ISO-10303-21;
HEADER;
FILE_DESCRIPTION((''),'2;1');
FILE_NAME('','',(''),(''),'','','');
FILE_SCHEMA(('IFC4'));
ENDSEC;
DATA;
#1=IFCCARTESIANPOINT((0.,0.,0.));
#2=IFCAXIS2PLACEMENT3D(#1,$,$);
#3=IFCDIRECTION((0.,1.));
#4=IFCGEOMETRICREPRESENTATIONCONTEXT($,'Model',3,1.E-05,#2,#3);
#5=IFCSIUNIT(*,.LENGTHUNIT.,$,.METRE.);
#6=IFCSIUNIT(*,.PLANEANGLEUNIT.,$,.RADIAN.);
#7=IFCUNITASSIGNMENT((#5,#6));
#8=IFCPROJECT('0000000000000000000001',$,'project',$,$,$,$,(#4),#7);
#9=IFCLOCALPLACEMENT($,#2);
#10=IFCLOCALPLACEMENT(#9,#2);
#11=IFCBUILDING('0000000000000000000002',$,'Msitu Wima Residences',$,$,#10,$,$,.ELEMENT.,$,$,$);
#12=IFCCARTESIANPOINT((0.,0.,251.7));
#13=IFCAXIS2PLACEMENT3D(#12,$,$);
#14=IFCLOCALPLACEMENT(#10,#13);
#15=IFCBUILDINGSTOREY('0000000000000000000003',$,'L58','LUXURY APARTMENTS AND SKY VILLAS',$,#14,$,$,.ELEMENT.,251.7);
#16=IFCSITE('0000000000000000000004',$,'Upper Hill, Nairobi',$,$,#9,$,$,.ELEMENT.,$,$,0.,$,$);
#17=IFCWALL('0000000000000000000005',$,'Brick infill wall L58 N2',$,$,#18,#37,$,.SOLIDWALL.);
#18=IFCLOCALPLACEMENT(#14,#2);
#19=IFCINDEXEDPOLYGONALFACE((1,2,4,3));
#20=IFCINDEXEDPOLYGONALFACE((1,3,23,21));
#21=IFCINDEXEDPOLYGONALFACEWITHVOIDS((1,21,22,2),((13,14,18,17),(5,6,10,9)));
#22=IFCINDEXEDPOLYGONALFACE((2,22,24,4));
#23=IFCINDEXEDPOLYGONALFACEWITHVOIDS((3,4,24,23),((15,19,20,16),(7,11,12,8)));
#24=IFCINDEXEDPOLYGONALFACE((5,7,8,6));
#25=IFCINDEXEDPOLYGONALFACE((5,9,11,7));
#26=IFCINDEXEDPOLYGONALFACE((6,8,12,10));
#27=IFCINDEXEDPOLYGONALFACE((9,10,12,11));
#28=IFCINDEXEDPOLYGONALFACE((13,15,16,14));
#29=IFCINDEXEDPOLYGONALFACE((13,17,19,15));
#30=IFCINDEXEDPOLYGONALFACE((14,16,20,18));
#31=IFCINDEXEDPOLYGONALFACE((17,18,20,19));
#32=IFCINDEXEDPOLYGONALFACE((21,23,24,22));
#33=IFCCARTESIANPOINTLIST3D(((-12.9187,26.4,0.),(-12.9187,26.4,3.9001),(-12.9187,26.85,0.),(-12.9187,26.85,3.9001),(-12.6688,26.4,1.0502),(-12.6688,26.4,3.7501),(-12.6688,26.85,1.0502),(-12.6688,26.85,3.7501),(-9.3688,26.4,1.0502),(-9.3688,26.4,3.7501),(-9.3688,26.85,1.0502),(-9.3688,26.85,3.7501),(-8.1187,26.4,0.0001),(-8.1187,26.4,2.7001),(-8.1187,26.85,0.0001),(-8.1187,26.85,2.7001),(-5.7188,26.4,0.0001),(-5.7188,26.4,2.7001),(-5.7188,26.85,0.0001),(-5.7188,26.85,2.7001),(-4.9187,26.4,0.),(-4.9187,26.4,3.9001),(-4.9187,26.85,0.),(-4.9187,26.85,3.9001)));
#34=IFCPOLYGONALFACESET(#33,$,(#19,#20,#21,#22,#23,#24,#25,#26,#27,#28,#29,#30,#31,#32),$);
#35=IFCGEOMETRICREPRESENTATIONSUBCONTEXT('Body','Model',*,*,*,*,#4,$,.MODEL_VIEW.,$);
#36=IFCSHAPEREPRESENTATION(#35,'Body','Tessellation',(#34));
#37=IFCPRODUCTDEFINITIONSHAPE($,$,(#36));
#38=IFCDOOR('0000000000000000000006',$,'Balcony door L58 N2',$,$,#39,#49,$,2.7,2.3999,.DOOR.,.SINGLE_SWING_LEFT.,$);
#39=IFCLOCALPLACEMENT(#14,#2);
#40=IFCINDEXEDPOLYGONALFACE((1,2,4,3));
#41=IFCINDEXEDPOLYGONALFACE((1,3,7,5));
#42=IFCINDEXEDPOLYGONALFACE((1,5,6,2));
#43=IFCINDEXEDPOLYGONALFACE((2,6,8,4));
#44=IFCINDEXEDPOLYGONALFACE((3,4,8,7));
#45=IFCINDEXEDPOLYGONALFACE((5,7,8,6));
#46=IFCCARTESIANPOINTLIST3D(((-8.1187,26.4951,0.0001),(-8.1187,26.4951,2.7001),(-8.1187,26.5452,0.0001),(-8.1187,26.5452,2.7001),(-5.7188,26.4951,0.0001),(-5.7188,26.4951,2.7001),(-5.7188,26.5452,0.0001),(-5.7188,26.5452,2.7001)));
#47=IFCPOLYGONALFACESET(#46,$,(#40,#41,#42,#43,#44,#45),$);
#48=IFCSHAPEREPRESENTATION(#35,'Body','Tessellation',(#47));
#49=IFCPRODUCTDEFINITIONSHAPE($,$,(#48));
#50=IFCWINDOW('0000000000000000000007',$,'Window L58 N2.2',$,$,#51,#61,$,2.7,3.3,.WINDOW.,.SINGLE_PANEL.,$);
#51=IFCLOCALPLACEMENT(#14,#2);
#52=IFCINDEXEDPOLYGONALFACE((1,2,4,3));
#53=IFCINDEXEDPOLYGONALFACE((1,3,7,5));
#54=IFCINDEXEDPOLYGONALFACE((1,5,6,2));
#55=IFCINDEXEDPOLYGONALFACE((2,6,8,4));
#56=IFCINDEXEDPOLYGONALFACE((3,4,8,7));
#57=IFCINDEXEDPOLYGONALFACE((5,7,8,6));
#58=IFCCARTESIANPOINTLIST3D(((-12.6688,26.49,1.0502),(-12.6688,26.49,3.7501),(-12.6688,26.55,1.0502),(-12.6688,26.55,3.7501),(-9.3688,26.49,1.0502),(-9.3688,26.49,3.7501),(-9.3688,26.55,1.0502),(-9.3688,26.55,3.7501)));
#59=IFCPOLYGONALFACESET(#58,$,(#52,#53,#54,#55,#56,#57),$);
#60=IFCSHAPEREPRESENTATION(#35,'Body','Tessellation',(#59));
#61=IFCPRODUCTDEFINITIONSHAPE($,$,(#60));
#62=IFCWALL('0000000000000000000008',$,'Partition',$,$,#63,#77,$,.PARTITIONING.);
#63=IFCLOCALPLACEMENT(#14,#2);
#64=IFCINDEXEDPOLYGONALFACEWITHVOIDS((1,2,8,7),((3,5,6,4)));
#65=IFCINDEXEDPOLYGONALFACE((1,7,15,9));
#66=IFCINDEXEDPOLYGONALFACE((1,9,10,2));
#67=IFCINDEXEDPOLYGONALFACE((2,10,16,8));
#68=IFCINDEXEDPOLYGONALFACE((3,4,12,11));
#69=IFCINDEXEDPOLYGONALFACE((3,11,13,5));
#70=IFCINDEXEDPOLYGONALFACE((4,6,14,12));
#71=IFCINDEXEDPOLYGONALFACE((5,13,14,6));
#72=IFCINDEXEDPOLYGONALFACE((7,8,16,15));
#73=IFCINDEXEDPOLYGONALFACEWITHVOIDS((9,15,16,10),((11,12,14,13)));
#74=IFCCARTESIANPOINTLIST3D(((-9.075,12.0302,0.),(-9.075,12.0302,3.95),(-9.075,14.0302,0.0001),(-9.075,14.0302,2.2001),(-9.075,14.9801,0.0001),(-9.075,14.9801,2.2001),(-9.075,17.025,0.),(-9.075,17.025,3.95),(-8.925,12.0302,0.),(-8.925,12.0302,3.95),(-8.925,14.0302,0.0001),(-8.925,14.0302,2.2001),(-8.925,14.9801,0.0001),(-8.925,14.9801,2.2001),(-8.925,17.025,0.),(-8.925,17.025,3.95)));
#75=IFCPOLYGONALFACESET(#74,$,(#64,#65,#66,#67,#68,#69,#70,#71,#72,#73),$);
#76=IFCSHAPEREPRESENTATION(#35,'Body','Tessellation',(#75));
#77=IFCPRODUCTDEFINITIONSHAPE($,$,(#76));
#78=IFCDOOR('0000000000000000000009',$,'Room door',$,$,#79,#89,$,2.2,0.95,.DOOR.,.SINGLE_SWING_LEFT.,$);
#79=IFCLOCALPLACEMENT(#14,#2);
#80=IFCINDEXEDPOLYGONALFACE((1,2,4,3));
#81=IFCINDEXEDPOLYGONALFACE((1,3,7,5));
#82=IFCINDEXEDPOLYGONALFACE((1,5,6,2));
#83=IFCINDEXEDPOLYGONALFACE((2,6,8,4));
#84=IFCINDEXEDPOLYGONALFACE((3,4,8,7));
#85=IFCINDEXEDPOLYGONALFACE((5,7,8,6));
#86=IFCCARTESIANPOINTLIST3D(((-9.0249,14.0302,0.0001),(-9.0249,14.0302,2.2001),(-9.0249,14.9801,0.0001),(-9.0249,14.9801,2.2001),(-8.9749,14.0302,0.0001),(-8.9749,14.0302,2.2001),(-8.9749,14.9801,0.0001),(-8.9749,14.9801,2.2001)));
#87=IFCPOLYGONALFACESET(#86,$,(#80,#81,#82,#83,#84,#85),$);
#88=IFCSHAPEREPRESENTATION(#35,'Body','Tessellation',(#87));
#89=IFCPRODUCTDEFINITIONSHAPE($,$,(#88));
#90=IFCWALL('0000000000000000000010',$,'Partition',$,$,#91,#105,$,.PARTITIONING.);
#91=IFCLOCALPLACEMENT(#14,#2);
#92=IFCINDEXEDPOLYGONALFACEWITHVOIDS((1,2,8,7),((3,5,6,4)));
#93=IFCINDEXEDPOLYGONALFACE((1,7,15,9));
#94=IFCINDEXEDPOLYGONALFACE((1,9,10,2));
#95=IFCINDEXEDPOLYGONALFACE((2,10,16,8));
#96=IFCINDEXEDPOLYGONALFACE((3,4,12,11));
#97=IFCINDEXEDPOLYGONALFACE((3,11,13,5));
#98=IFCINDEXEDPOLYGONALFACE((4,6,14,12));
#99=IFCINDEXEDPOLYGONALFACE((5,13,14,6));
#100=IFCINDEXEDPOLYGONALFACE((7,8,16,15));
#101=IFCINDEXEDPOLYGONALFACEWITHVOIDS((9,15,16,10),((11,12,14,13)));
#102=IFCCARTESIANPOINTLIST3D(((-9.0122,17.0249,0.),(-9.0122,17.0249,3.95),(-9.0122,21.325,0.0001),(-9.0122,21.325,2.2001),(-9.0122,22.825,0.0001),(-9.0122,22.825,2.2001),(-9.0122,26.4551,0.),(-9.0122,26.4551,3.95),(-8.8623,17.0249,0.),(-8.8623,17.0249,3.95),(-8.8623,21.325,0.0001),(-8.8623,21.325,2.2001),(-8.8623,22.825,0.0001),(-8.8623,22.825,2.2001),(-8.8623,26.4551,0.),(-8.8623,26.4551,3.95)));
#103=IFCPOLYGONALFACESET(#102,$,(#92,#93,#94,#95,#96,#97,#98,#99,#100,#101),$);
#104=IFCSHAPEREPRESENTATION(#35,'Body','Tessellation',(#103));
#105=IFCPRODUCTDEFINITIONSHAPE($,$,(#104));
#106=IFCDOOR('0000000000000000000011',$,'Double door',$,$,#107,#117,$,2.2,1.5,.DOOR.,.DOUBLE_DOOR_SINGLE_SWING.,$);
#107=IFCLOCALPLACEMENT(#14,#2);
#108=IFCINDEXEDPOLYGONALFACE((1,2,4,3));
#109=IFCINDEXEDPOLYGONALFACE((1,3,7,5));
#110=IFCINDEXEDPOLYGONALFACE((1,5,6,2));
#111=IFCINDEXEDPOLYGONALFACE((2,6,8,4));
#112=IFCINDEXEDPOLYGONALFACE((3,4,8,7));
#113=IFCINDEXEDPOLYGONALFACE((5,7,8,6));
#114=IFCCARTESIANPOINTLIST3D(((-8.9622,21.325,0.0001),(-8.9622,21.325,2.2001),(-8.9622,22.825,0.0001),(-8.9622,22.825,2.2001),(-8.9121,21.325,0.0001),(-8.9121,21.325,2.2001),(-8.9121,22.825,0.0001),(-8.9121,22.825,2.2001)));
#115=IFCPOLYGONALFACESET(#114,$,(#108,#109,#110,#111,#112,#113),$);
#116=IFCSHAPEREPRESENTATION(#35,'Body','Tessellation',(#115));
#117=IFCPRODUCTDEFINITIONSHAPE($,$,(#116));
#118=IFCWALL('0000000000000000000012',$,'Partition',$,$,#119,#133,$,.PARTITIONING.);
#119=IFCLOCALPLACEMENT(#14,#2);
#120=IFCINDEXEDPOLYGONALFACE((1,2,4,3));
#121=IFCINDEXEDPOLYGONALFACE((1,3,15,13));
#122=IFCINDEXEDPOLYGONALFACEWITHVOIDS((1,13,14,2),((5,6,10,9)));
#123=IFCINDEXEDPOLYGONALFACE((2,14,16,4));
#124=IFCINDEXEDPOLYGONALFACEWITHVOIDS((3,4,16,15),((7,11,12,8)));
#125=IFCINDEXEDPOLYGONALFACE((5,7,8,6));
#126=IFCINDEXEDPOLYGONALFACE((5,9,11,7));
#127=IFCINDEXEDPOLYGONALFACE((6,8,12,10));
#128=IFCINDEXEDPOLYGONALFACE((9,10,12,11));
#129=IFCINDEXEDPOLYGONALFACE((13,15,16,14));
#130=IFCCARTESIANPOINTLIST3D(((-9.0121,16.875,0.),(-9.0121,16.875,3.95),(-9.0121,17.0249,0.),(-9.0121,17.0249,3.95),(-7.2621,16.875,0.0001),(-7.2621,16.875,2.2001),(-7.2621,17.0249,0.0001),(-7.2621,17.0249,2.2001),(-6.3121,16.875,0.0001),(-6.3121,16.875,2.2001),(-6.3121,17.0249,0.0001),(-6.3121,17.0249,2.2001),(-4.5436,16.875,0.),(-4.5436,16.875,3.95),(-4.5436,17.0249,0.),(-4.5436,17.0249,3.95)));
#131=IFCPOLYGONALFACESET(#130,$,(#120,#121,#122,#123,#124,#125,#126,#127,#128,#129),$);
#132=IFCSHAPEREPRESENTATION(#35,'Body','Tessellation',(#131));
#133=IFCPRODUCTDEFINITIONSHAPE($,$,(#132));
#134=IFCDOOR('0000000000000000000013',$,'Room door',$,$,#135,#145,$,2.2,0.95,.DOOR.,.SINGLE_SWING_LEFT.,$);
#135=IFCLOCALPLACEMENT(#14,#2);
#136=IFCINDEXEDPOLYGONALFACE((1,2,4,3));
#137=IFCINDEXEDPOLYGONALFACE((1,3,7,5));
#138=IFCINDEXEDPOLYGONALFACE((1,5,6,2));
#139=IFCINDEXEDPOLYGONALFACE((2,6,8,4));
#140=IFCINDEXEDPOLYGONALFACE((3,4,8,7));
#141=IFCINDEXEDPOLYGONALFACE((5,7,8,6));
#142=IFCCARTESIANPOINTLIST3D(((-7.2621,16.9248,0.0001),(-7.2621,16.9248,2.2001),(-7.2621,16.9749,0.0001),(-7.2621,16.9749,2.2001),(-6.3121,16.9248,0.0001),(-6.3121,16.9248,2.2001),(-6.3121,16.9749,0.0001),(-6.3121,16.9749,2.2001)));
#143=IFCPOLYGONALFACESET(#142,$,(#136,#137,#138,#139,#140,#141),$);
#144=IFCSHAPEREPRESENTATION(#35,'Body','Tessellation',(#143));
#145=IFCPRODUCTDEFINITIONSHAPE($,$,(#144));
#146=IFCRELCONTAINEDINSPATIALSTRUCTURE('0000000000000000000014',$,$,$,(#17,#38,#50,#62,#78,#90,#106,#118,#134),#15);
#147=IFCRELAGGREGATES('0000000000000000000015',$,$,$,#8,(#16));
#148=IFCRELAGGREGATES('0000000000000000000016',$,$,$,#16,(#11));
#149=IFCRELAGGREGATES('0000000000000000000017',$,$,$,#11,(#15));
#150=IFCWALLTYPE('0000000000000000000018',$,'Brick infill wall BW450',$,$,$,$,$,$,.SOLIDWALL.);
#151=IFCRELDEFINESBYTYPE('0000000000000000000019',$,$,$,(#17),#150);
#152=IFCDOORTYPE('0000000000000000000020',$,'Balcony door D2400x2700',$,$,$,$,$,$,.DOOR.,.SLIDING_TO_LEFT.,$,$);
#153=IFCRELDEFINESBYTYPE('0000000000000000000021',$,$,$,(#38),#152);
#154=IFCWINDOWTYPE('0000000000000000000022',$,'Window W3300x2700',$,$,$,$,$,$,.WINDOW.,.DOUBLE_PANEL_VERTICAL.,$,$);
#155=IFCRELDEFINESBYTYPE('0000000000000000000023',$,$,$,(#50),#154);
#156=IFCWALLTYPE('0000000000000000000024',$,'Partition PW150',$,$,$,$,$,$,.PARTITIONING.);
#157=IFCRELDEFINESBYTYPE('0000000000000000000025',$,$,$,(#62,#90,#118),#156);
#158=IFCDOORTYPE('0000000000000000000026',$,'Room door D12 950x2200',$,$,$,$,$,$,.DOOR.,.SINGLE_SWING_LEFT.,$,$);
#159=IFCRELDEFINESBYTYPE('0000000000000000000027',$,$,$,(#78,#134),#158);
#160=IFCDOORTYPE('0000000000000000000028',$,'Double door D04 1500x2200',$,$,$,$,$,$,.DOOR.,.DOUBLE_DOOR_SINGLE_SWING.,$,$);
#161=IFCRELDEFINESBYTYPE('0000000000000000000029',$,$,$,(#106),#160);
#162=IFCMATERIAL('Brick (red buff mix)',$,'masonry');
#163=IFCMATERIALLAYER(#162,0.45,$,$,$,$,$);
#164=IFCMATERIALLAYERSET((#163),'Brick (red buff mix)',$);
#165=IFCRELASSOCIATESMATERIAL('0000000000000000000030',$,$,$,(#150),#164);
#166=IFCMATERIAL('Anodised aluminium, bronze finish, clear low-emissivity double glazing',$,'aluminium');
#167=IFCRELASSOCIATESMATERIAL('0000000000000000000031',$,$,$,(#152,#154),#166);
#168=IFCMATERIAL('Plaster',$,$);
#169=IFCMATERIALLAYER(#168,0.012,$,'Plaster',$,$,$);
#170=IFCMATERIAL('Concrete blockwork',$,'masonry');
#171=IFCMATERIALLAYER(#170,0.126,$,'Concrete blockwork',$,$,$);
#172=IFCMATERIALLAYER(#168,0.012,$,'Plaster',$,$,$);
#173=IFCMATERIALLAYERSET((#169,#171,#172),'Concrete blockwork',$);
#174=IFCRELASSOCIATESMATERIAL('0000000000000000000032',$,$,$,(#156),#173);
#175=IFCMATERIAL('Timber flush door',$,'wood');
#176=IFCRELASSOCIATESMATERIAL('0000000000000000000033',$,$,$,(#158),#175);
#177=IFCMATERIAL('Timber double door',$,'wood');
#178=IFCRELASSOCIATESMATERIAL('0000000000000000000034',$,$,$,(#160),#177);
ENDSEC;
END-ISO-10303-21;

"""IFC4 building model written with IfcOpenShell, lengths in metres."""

from ifc_helpers import new_model, si_unit, direction, frame, frame_2d, origin, place, context, subcontext, project, spatial, rectangle, extrude, material, layer, layer_set, type_object, element, fill, save


model = new_model("IFC4")

# Units and contexts
model_context = context("Model", 3, precision=1e-05, world=origin(), true_north=direction((0.0, 1.0)))
body_context = subcontext(model_context, "Body", "Model", "MODEL_VIEW")
ifc_project = project(units=[si_unit("LENGTHUNIT", "METRE"), si_unit("PLANEANGLEUNIT", "RADIAN")], contexts=[model_context])

# Site, building, storey
site_placement = place(None, origin())
site = spatial("IfcSite", under=ifc_project, at=site_placement, Name="Upper Hill, Nairobi", CompositionType="ELEMENT", RefElevation=0.0)
building_placement = place(site_placement, origin())
building = spatial("IfcBuilding", under=site, at=building_placement, Name="Msitu Wima Residences", CompositionType="ELEMENT")
storey_placement = place(building_placement, frame((0.0, 0.0, 251.7)))
storey = spatial("IfcBuildingStorey", under=building, at=storey_placement, Name="L58", Description="LUXURY APARTMENTS AND SKY VILLAS", CompositionType="ELEMENT", Elevation=251.7)

# Wall, openings, door, window
ifc_material_1 = material(Name="Brick (red buff mix)", Category="masonry")
ifc_layer_1 = layer(ifc_material_1, 0.45)
ifc_layer_set_1 = layer_set([ifc_layer_1], Name="Brick (red buff mix)")
wall_type_1 = type_object("IfcWallType", Name="Brick infill wall BW450", PredefinedType="SOLIDWALL", material=ifc_layer_set_1)
wall_1_placement = place(storey_placement, frame((-4.9187, 26.625, 0.0), z_axis=(0.0, 0.0, 1.0), x_axis=(-1.0, 0.0, 0.0)))
wall_1 = element("IfcWall", 1, at=wall_1_placement, inside=storey, type_object=wall_type_1, Name="Brick infill wall L58 N2", PredefinedType="SOLIDWALL", context=body_context, shape_type="SweptSolid", body=[
    extrude(rectangle(XDim=8.0, YDim=0.45, at=frame_2d((4.0, 0.0))), origin(), (0.0, 0.0, 1.0), 3.9001),
])
opening_1_placement = place(wall_1_placement, frame((0.8, 0.0, 0.0)))
opening_1 = element("IfcOpeningElement", 2, at=opening_1_placement, cuts=wall_1, PredefinedType="OPENING", context=body_context, shape_type="SweptSolid", body=[
    extrude(rectangle(XDim=2.3999, YDim=2.7, at=frame_2d((1.2, 1.3501))), frame((0.0, 0.2349, 0.0), z_axis=(0.0, -1.0, 0.0), x_axis=(1.0, 0.0, 0.0)), (0.0, 0.0, 1.0), 0.47),
])
opening_2_placement = place(wall_1_placement, frame((4.4502, 0.0, 1.05)))
opening_2 = element("IfcOpeningElement", 3, at=opening_2_placement, cuts=wall_1, PredefinedType="OPENING", context=body_context, shape_type="SweptSolid", body=[
    extrude(rectangle(XDim=3.3, YDim=2.7, at=frame_2d((1.6499, 1.3501))), frame((0.0, 0.2349, 0.0), z_axis=(0.0, -1.0, 0.0), x_axis=(1.0, 0.0, 0.0)), (0.0, 0.0, 1.0), 0.47),
])
ifc_material_2 = material(Name="Anodised aluminium, bronze finish, clear low-emissivity double glazing", Category="aluminium")
door_type_1 = type_object("IfcDoorType", Name="Balcony door D2400x2700", OperationType="SLIDING_TO_LEFT", PredefinedType="DOOR", material=ifc_material_2)
door_1_placement = place(opening_1_placement, origin())
door_1 = element("IfcDoor", 4, at=door_1_placement, inside=storey, type_object=door_type_1, Name="Balcony door L58 N2", OperationType="SINGLE_SWING_LEFT", OverallHeight=2.7, OverallWidth=2.3999, PredefinedType="DOOR", context=body_context, shape_type="SweptSolid", body=[
    extrude(rectangle(XDim=2.3999, YDim=2.7, at=frame_2d((1.2, 1.3501))), frame((0.0, 0.1299, 0.0), z_axis=(0.0, -1.0, 0.0), x_axis=(1.0, 0.0, 0.0)), (0.0, 0.0, 1.0), 0.05),
])
fill(opening_1, door_1)
window_type = type_object("IfcWindowType", Name="Window W3300x2700", PartitioningType="DOUBLE_PANEL_VERTICAL", PredefinedType="WINDOW", material=ifc_material_2)
window_placement = place(opening_2_placement, origin())
window = element("IfcWindow", 5, at=window_placement, inside=storey, type_object=window_type, Name="Window L58 N2.2", OverallHeight=2.7, OverallWidth=3.3, PartitioningType="SINGLE_PANEL", PredefinedType="WINDOW", context=body_context, shape_type="SweptSolid", body=[
    extrude(rectangle(XDim=3.3, YDim=2.7, at=frame_2d((1.6499, 1.3501))), frame((0.0, 0.135, 0.0), z_axis=(0.0, -1.0, 0.0), x_axis=(1.0, 0.0, 0.0)), (0.0, 0.0, 1.0), 0.0601),
])
fill(opening_2, window)

# Walls, openings, doors
ifc_material_3 = material(Name="Plaster")
ifc_layer_2 = layer(ifc_material_3, 0.012, Name="Plaster")
ifc_material_4 = material(Name="Concrete blockwork", Category="masonry")
ifc_layer_3 = layer(ifc_material_4, 0.126, Name="Concrete blockwork")
ifc_layer_4 = layer(ifc_material_3, 0.012, Name="Plaster")
ifc_layer_set_2 = layer_set([ifc_layer_2, ifc_layer_3, ifc_layer_4], Name="Concrete blockwork")
wall_type_2 = type_object("IfcWallType", Name="Partition PW150", PredefinedType="PARTITIONING", material=ifc_layer_set_2)
wall_2_placement = place(storey_placement, frame((-9.0, 12.03, 0.0), z_axis=(0.0, 0.0, 1.0), x_axis=(0.0, 1.0, 0.0)))
wall_2 = element("IfcWall", 6, at=wall_2_placement, inside=storey, type_object=wall_type_2, Name="Partition", PredefinedType="PARTITIONING", context=body_context, shape_type="SweptSolid", body=[
    extrude(rectangle(XDim=4.9949, YDim=0.1499, at=frame_2d((2.4976, 0.0))), origin(), (0.0, 0.0, 1.0), 3.95),
])
opening_3_placement = place(wall_2_placement, frame((2.0, 0.0, 0.0)))
opening_3 = element("IfcOpeningElement", 7, at=opening_3_placement, cuts=wall_2, PredefinedType="OPENING", context=body_context, shape_type="SweptSolid", body=[
    extrude(rectangle(XDim=0.95, YDim=2.2, at=frame_2d((0.4751, 1.1001))), frame((0.0, 0.085, 0.0), z_axis=(0.0, -1.0, 0.0), x_axis=(1.0, 0.0, 0.0)), (0.0, 0.0, 1.0), 0.1699),
])
ifc_material_5 = material(Name="Timber flush door", Category="wood")
door_type_2 = type_object("IfcDoorType", Name="Room door D12 950x2200", OperationType="SINGLE_SWING_LEFT", PredefinedType="DOOR", material=ifc_material_5)
door_2_placement = place(opening_3_placement, origin())
door_2 = element("IfcDoor", 8, at=door_2_placement, inside=storey, type_object=door_type_2, Name="Room door", OperationType="SINGLE_SWING_LEFT", OverallHeight=2.2, OverallWidth=0.95, PredefinedType="DOOR", context=body_context, shape_type="SweptSolid", body=[
    extrude(rectangle(XDim=0.95, YDim=2.2, at=frame_2d((0.4751, 1.1001))), frame((0.0, 0.0249, 0.0), z_axis=(0.0, -1.0, 0.0), x_axis=(1.0, 0.0, 0.0)), (0.0, 0.0, 1.0), 0.05),
])
fill(opening_3, door_2)
wall_3_placement = place(storey_placement, frame((-8.9373, 17.0249, 0.0), z_axis=(0.0, 0.0, 1.0), x_axis=(0.0, 1.0, 0.0)))
wall_3 = element("IfcWall", 9, at=wall_3_placement, inside=storey, type_object=wall_type_2, Name="Partition", PredefinedType="PARTITIONING", context=body_context, shape_type="SweptSolid", body=[
    extrude(rectangle(XDim=9.4302, YDim=0.1499, at=frame_2d((4.7151, 0.0))), origin(), (0.0, 0.0, 1.0), 3.95),
])
opening_4_placement = place(wall_3_placement, frame((4.3, 0.0, 0.0)))
opening_4 = element("IfcOpeningElement", 10, at=opening_4_placement, cuts=wall_3, PredefinedType="OPENING", context=body_context, shape_type="SweptSolid", body=[
    extrude(rectangle(XDim=1.5, YDim=2.2, at=frame_2d((0.75, 1.1001))), frame((0.0, 0.085, 0.0), z_axis=(0.0, -1.0, 0.0), x_axis=(1.0, 0.0, 0.0)), (0.0, 0.0, 1.0), 0.1699),
])
ifc_material_6 = material(Name="Timber double door", Category="wood")
door_type_3 = type_object("IfcDoorType", Name="Double door D04 1500x2200", OperationType="DOUBLE_DOOR_SINGLE_SWING", PredefinedType="DOOR", material=ifc_material_6)
door_3_placement = place(opening_4_placement, origin())
door_3 = element("IfcDoor", 11, at=door_3_placement, inside=storey, type_object=door_type_3, Name="Double door", OperationType="DOUBLE_DOOR_SINGLE_SWING", OverallHeight=2.2, OverallWidth=1.5, PredefinedType="DOOR", context=body_context, shape_type="SweptSolid", body=[
    extrude(rectangle(XDim=1.5, YDim=2.2, at=frame_2d((0.75, 1.1001))), frame((0.0, 0.0249, 0.0), z_axis=(0.0, -1.0, 0.0), x_axis=(1.0, 0.0, 0.0)), (0.0, 0.0, 1.0), 0.05),
])
fill(opening_4, door_3)
wall_4_placement = place(storey_placement, frame((-9.0122, 16.95, 0.0), z_axis=(0.0, 0.0, 1.0), x_axis=(1.0, 0.0, 0.0)))
wall_4 = element("IfcWall", 12, at=wall_4_placement, inside=storey, type_object=wall_type_2, Name="Partition", PredefinedType="PARTITIONING", context=body_context, shape_type="SweptSolid", body=[
    extrude(rectangle(XDim=4.4685, YDim=0.1499, at=frame_2d((2.2344, 0.0))), origin(), (0.0, 0.0, 1.0), 3.95),
])
opening_5_placement = place(wall_4_placement, frame((1.75, 0.0, 0.0)))
opening_5 = element("IfcOpeningElement", 13, at=opening_5_placement, cuts=wall_4, PredefinedType="OPENING", context=body_context, shape_type="SweptSolid", body=[
    extrude(rectangle(XDim=0.95, YDim=2.2, at=frame_2d((0.4751, 1.1001))), frame((0.0, 0.085, 0.0), z_axis=(0.0, -1.0, 0.0), x_axis=(1.0, 0.0, 0.0)), (0.0, 0.0, 1.0), 0.1699),
])
door_4_placement = place(opening_5_placement, origin())
door_4 = element("IfcDoor", 14, at=door_4_placement, inside=storey, type_object=door_type_2, Name="Room door", OperationType="SINGLE_SWING_LEFT", OverallHeight=2.2, OverallWidth=0.95, PredefinedType="DOOR", context=body_context, shape_type="SweptSolid", body=[
    extrude(rectangle(XDim=0.95, YDim=2.2, at=frame_2d((0.4751, 1.1001))), frame((0.0, 0.0249, 0.0), z_axis=(0.0, -1.0, 0.0), x_axis=(1.0, 0.0, 0.0)), (0.0, 0.0, 1.0), 0.05),
])
fill(opening_5, door_4)

save(model, "model.ifc")
